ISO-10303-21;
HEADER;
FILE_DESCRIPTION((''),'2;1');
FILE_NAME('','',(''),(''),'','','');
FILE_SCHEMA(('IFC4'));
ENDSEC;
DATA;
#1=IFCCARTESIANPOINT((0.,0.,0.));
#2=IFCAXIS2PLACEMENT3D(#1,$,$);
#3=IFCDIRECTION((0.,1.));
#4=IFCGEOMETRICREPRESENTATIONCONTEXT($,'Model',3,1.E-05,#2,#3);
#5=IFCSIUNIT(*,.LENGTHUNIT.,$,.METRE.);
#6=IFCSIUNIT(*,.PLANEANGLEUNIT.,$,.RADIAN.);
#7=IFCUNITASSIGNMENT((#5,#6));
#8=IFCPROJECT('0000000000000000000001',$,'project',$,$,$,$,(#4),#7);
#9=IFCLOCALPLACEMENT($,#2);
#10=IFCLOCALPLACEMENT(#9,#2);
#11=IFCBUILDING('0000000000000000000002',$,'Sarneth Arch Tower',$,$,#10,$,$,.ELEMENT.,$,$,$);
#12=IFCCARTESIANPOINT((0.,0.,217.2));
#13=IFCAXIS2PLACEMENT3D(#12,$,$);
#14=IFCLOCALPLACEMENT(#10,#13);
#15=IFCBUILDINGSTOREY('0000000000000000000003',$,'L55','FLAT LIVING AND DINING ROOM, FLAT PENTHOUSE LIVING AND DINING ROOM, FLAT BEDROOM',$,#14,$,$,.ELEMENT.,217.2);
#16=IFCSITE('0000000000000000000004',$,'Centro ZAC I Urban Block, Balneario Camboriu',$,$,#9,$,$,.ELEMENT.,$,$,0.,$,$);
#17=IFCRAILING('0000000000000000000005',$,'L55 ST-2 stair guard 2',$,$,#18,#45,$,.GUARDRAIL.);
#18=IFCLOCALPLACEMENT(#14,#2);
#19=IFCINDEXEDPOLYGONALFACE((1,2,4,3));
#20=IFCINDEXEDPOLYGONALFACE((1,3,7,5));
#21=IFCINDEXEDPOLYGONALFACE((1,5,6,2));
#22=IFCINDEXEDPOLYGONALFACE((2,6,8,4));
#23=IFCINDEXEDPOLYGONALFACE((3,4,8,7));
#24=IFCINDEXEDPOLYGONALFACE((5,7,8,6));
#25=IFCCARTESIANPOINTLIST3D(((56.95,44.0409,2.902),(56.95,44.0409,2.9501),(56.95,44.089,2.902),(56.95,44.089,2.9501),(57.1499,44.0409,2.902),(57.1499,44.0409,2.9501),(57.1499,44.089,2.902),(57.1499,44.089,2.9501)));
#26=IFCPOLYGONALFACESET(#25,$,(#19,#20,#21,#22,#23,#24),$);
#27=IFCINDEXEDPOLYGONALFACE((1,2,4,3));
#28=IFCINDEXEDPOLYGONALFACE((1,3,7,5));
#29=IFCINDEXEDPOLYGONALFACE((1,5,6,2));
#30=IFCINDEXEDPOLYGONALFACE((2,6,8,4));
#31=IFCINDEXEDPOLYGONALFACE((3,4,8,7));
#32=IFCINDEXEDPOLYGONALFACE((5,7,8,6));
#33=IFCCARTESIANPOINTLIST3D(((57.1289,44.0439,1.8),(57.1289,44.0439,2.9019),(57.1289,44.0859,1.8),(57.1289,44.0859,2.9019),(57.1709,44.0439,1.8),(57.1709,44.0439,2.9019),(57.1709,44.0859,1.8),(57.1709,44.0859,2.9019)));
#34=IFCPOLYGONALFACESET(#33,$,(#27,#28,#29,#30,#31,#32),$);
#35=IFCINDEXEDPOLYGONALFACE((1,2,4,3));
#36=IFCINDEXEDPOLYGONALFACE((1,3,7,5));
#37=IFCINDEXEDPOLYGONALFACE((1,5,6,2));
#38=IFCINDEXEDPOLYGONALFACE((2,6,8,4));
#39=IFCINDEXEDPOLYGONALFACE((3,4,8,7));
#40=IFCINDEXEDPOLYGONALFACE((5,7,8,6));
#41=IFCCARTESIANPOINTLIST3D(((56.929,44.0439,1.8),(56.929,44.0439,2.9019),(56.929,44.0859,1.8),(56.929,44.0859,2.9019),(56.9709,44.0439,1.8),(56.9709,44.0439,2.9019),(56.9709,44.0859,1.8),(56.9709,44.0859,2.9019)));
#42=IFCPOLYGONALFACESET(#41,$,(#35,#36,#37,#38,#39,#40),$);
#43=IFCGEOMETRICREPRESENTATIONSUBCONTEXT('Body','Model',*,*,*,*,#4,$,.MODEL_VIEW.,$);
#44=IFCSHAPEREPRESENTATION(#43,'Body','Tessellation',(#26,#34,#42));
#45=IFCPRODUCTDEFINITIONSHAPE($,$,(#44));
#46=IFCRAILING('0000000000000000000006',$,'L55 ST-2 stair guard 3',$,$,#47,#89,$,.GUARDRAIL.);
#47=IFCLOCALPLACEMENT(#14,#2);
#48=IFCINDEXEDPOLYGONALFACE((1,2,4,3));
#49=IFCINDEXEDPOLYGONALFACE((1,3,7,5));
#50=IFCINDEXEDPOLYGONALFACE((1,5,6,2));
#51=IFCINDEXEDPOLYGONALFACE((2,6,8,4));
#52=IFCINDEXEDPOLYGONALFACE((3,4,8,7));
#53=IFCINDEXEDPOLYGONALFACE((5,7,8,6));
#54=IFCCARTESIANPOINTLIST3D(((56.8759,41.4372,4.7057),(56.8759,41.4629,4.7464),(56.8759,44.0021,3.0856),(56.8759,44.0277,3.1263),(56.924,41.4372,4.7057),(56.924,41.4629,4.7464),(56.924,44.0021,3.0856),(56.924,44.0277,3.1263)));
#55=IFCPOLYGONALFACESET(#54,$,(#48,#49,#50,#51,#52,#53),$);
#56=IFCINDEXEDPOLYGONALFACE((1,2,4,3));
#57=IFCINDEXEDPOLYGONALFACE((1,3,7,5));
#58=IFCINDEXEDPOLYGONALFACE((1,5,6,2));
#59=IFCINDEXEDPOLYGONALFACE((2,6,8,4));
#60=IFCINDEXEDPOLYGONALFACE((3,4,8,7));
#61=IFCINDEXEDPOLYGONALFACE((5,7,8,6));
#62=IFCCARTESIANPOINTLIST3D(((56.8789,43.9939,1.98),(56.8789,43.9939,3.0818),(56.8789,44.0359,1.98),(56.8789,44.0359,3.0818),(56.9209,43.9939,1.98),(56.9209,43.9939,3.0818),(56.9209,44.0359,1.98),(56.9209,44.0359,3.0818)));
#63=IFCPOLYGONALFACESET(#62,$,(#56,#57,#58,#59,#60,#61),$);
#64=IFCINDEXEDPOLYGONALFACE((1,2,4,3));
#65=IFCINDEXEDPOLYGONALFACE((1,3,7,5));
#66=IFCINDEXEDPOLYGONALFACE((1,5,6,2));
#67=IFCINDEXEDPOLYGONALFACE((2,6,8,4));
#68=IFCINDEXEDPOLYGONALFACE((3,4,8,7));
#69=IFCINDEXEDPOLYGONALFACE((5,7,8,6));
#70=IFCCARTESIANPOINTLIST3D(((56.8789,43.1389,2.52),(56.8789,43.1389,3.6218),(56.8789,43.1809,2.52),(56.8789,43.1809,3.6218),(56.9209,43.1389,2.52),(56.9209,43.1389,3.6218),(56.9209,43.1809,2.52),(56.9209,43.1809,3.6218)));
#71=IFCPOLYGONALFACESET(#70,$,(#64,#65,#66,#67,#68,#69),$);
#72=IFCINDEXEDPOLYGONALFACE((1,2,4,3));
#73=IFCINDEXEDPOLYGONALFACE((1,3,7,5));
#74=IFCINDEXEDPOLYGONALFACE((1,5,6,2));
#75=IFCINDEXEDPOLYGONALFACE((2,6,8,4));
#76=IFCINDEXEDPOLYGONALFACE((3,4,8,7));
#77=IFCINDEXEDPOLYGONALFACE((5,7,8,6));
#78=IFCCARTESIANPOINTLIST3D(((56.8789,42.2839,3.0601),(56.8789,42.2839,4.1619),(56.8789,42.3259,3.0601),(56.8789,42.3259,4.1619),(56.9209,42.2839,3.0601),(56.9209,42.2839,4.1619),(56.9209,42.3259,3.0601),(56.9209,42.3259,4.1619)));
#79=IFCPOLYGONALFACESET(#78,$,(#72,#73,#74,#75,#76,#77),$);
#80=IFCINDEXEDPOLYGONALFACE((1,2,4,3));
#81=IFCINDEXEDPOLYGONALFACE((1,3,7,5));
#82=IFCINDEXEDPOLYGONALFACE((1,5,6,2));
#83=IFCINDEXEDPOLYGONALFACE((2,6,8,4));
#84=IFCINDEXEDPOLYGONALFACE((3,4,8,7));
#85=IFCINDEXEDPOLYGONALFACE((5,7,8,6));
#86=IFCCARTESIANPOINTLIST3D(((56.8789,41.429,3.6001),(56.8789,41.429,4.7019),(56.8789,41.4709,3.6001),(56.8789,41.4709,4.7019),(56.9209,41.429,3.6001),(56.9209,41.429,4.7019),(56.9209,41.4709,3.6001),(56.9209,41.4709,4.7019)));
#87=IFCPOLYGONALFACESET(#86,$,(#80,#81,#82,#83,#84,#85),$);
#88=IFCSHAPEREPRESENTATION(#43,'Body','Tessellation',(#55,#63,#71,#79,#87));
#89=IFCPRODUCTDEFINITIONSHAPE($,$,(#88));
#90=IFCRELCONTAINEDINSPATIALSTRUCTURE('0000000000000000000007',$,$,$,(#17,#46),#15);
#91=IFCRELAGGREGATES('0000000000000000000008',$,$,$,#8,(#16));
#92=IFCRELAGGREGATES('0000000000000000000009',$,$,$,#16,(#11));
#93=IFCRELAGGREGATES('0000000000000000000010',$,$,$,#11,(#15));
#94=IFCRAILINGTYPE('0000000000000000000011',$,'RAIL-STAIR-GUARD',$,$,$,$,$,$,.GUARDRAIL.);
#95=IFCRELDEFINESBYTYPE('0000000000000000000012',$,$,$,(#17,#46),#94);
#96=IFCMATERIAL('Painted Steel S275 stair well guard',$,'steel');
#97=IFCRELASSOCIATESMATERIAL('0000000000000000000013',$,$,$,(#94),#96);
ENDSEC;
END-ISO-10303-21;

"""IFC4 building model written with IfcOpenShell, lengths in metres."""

from ifc_helpers import new_model, si_unit, direction, frame, origin, origin_2d, place, context, subcontext, project, spatial, rectangle, extrude, material, type_object, element, save


model = new_model("IFC4")

# Units and contexts
model_context = context("Model", 3, precision=1e-05, world=origin(), true_north=direction((0.0, 1.0)))
body_context = subcontext(model_context, "Body", "Model", "MODEL_VIEW")
ifc_project = project(units=[si_unit("LENGTHUNIT", "METRE"), si_unit("PLANEANGLEUNIT", "RADIAN")], contexts=[model_context])

# Site, building, storey
site_placement = place(None, origin())
site = spatial("IfcSite", under=ifc_project, at=site_placement, Name="Centro ZAC I Urban Block, Balneario Camboriu", CompositionType="ELEMENT", RefElevation=0.0)
building_placement = place(site_placement, origin())
building = spatial("IfcBuilding", under=site, at=building_placement, Name="Sarneth Arch Tower", CompositionType="ELEMENT")
storey_placement = place(building_placement, frame((0.0, 0.0, 217.2)))
storey = spatial("IfcBuildingStorey", under=building, at=storey_placement, Name="L55", Description="FLAT LIVING AND DINING ROOM, FLAT PENTHOUSE LIVING AND DINING ROOM, FLAT BEDROOM", CompositionType="ELEMENT", Elevation=217.2)

# Railings
ifc_material_1 = material(Name="Painted Steel S275 stair well guard", Category="steel")
railing_type_1 = type_object("IfcRailingType", Name="RAIL-STAIR-GUARD", PredefinedType="GUARDRAIL", material=ifc_material_1)
railing_1_placement = place(storey_placement, frame((57.1499, 44.0649, 1.8)))
element("IfcRailing", 1, at=railing_1_placement, inside=storey, type_object=railing_type_1, Name="L55 ST-2 stair guard 2", PredefinedType="GUARDRAIL", context=body_context, shape_type="SweptSolid", body=[
    extrude(rectangle(XDim=0.0481, YDim=0.0481, at=origin_2d()), frame((0.0, 0.0, 1.126), z_axis=(-1.0, 0.0, 0.0), x_axis=(0.0, -1.0, 0.0)), (0.0, 0.0, 1.0), 0.2),
    extrude(rectangle(XDim=0.042, YDim=0.042, at=origin_2d()), origin(), (0.0, 0.0, 1.0), 1.1018),
    extrude(rectangle(XDim=0.042, YDim=0.042, at=origin_2d()), frame((-0.2, 0.0, 0.0)), (0.0, 0.0, 1.0), 1.1018),
])
railing_2_placement = place(storey_placement, frame((56.8999, 44.0149, 1.98)))
element("IfcRailing", 2, at=railing_2_placement, inside=storey, type_object=railing_type_1, Name="L55 ST-2 stair guard 3", PredefinedType="GUARDRAIL", context=body_context, shape_type="SweptSolid", body=[
    extrude(rectangle(XDim=0.0481, YDim=0.0481, at=origin_2d()), frame((0.0, 0.0, 1.126), z_axis=(0.0, -0.845466, 0.534029), x_axis=(1.0, 0.0, 0.0)), (0.0, 0.0, 1.0), 3.0337),
    extrude(rectangle(XDim=0.042, YDim=0.042, at=origin_2d()), origin(), (0.0, 0.0, 1.0), 1.1018),
    extrude(rectangle(XDim=0.042, YDim=0.042, at=origin_2d()), frame((0.0, -0.855, 0.54)), (0.0, 0.0, 1.0), 1.1018),
    extrude(rectangle(XDim=0.042, YDim=0.042, at=origin_2d()), frame((0.0, -1.71, 1.0801)), (0.0, 0.0, 1.0), 1.1018),
    extrude(rectangle(XDim=0.042, YDim=0.042, at=origin_2d()), frame((0.0, -2.5649, 1.6201)), (0.0, 0.0, 1.0), 1.1018),
])

save(model, "model.ifc")
